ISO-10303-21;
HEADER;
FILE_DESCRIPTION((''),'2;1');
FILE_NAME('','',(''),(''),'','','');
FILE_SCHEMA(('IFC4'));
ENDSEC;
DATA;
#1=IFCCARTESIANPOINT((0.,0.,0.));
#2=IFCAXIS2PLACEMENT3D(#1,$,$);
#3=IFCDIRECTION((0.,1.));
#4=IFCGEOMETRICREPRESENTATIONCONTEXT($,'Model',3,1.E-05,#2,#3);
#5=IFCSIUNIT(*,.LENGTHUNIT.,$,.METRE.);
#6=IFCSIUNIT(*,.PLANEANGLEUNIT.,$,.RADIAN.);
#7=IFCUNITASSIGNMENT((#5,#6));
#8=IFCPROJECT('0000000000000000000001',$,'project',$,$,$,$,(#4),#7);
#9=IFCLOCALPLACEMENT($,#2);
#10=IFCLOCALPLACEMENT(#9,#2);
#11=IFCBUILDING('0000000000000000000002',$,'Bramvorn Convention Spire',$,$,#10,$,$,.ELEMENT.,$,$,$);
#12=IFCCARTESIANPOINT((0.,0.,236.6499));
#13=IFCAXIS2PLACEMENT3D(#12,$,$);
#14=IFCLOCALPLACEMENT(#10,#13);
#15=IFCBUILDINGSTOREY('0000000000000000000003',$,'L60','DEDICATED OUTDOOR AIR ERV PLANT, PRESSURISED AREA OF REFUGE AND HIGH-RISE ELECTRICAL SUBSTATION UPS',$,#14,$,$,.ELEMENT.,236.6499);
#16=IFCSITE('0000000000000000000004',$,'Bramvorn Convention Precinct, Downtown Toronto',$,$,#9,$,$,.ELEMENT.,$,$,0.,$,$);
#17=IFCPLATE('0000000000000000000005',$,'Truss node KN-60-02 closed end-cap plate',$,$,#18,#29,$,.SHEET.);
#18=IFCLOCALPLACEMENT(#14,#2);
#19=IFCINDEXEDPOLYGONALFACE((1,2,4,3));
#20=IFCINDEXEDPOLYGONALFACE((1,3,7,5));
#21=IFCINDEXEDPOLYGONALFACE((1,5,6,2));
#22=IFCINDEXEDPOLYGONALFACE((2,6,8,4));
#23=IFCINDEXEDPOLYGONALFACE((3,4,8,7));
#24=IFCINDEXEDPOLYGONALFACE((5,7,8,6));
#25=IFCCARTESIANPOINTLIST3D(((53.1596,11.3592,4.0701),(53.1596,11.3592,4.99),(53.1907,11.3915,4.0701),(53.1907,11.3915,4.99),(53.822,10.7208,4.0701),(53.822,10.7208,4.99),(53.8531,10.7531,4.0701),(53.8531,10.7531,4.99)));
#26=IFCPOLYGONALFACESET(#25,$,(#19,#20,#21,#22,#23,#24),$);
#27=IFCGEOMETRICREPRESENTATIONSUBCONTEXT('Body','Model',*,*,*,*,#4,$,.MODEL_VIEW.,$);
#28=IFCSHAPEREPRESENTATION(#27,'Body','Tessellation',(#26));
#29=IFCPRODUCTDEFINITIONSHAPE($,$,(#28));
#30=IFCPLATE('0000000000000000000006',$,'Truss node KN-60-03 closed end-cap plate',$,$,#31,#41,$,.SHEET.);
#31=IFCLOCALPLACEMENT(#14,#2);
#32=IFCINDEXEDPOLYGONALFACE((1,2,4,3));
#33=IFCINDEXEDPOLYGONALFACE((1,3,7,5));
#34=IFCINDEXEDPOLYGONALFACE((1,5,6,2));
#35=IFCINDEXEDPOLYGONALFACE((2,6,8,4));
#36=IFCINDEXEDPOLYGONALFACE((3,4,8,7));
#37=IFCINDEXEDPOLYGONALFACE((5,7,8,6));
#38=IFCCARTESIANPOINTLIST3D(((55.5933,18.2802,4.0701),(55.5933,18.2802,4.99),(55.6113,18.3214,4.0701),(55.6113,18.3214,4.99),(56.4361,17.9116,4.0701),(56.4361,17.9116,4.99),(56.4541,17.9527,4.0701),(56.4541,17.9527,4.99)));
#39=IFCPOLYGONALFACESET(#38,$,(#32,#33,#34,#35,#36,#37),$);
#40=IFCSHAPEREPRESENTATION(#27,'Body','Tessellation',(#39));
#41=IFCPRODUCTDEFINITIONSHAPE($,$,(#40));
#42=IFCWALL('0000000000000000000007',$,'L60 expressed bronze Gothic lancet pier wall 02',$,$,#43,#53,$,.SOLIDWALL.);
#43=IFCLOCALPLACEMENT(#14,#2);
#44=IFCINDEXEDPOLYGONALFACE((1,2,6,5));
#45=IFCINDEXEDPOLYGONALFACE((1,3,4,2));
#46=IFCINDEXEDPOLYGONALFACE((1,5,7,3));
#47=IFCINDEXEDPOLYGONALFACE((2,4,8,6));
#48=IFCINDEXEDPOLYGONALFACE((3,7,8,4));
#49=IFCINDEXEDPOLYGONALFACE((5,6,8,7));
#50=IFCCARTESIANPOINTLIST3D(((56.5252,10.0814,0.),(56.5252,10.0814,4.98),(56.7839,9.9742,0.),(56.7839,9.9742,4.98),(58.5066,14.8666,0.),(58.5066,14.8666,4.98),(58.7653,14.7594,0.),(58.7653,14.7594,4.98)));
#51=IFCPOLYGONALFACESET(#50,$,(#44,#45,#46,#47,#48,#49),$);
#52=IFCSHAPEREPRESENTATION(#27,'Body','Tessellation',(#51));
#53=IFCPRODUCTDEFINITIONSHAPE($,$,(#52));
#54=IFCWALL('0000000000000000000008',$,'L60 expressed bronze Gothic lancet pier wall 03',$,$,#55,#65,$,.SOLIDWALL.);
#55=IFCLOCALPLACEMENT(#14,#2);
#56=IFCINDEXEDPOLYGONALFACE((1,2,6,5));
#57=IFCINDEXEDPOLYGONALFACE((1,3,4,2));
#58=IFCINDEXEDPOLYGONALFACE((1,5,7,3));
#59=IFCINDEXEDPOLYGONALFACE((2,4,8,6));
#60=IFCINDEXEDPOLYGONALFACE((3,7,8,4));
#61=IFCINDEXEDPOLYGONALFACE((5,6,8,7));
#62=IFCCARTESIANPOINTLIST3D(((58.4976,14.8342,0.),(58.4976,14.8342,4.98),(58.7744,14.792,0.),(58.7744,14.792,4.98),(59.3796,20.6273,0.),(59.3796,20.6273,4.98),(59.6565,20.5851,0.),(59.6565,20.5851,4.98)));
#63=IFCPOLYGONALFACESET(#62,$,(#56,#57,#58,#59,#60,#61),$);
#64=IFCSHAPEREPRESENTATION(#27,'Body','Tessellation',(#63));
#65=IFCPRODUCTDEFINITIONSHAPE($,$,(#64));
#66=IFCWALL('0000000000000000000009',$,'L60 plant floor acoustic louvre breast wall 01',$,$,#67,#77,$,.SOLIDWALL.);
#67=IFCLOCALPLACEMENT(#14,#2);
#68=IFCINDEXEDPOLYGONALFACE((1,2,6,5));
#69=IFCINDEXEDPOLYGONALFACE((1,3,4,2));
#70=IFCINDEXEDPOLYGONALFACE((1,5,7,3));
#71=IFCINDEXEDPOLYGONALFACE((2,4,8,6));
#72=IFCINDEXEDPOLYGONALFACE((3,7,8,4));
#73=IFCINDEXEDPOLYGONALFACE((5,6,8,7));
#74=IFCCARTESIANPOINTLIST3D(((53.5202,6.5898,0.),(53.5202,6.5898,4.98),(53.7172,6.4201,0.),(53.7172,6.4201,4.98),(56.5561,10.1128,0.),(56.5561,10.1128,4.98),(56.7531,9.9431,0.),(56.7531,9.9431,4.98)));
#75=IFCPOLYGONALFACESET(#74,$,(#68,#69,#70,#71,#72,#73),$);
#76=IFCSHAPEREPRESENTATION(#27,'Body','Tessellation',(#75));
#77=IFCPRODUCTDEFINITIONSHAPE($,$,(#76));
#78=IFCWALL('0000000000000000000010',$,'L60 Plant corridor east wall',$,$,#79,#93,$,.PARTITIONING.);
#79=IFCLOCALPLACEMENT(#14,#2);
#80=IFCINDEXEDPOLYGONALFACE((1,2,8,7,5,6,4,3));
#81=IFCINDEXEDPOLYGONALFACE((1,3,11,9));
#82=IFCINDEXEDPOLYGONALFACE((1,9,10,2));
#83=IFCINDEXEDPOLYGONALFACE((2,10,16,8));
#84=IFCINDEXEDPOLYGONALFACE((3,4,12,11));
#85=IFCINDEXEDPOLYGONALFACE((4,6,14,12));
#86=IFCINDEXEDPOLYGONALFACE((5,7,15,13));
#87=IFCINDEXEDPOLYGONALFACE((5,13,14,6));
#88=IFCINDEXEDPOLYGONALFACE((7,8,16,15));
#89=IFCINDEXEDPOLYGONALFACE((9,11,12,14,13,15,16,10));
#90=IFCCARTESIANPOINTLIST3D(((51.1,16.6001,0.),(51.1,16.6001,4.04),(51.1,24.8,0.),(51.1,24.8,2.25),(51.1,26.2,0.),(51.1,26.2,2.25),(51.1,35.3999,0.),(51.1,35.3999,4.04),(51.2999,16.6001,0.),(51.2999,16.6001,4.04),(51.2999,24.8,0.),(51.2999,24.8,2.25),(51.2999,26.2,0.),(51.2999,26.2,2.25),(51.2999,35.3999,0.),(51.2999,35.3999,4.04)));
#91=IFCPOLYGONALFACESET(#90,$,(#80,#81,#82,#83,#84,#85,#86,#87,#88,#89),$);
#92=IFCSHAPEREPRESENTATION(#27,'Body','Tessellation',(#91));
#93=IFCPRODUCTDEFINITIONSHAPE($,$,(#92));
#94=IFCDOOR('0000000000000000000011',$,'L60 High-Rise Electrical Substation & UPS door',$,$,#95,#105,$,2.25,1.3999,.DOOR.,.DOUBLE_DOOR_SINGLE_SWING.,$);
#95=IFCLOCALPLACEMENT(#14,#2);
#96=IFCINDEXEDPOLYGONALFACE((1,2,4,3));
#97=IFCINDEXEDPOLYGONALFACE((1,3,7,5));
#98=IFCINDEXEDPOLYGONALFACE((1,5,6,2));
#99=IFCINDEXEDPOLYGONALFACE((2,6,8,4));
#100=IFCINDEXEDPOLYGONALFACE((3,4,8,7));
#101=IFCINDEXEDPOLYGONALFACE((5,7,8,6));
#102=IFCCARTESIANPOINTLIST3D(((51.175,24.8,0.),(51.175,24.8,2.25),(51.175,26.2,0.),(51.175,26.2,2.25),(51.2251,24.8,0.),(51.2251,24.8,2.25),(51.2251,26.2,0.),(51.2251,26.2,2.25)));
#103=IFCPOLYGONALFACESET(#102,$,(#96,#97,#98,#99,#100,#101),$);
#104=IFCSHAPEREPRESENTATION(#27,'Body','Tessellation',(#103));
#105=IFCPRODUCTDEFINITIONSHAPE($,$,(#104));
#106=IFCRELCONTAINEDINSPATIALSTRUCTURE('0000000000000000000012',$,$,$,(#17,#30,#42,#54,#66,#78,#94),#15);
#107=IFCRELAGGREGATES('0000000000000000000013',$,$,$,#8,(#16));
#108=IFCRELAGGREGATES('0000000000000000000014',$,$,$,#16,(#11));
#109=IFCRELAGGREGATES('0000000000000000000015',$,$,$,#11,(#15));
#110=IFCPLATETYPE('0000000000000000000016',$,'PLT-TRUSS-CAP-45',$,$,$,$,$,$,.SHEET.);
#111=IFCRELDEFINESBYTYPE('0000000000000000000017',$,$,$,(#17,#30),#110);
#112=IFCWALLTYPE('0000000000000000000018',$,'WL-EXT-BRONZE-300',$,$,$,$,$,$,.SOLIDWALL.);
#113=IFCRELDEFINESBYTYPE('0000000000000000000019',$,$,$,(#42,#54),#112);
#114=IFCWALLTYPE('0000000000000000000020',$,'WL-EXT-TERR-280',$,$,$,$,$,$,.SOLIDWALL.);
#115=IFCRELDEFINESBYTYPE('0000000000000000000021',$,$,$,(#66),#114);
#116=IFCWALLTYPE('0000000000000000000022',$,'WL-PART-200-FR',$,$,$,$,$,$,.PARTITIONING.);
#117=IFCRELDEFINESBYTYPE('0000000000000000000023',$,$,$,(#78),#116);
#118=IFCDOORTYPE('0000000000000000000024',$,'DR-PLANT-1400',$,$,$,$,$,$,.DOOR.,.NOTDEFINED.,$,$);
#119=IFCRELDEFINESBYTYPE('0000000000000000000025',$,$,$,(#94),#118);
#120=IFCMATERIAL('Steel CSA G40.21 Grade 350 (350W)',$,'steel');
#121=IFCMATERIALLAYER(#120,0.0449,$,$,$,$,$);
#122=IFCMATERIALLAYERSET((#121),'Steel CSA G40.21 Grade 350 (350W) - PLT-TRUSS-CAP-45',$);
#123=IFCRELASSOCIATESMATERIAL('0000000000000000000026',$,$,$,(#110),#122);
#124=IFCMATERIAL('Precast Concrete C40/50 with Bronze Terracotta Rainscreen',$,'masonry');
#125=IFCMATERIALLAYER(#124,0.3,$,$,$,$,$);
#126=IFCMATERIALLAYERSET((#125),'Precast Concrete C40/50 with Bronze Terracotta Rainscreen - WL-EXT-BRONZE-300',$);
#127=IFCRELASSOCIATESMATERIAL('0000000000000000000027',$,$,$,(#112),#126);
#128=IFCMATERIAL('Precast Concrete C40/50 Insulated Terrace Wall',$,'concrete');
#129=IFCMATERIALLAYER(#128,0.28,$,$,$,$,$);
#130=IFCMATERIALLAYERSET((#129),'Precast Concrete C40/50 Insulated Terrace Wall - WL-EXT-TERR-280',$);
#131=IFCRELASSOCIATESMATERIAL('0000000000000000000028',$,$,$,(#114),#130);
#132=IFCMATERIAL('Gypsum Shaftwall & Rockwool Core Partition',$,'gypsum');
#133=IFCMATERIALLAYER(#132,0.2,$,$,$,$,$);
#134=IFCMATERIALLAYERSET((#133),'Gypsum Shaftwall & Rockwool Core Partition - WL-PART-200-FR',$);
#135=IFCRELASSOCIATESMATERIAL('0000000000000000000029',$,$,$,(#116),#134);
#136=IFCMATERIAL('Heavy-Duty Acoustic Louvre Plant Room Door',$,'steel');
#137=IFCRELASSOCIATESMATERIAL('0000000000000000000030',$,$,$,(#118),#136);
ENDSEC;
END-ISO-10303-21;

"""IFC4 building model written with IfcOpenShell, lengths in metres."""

from ifc_helpers import new_model, si_unit, direction, frame, frame_2d, origin, origin_2d, place, context, subcontext, project, spatial, rectangle, extrude, material, layer, layer_set, type_object, element, fill, save


model = new_model("IFC4")

# Units and contexts
model_context = context("Model", 3, precision=1e-05, world=origin(), true_north=direction((0.0, 1.0)))
body_context = subcontext(model_context, "Body", "Model", "MODEL_VIEW")
ifc_project = project(units=[si_unit("LENGTHUNIT", "METRE"), si_unit("PLANEANGLEUNIT", "RADIAN")], contexts=[model_context])

# Site, building, storey
site_placement = place(None, origin())
site = spatial("IfcSite", under=ifc_project, at=site_placement, Name="Bramvorn Convention Precinct, Downtown Toronto", CompositionType="ELEMENT", RefElevation=0.0)
building_placement = place(site_placement, origin())
building = spatial("IfcBuilding", under=site, at=building_placement, Name="Bramvorn Convention Spire", CompositionType="ELEMENT")
storey_placement = place(building_placement, frame((0.0, 0.0, 236.6499)))
storey = spatial("IfcBuildingStorey", under=building, at=storey_placement, Name="L60", Description="DEDICATED OUTDOOR AIR ERV PLANT, PRESSURISED AREA OF REFUGE AND HIGH-RISE ELECTRICAL SUBSTATION UPS", CompositionType="ELEMENT", Elevation=236.6499)

# Shared definitions
ifc_material_1 = material(Name="Steel CSA G40.21 Grade 350 (350W)", Category="steel")

# Plates
ifc_layer_1 = layer(ifc_material_1, 0.0449)
ifc_layer_set_1 = layer_set([ifc_layer_1], Name="Steel CSA G40.21 Grade 350 (350W) - PLT-TRUSS-CAP-45")
plate_type_1 = type_object("IfcPlateType", Name="PLT-TRUSS-CAP-45", PredefinedType="SHEET", material=ifc_layer_set_1)
for number, where, z_axis, x_axis, name in (
    (1, (53.5063, 11.0562, 4.0701), (0.0, 0.0, 1.0), (0.720048, -0.693924, 0.0), "Truss node KN-60-02 closed end-cap plate"),
    (2, (56.0237, 18.1165, 4.0701), (0.0, 0.0, 1.0), (0.916192, -0.400739, 0.0), "Truss node KN-60-03 closed end-cap plate"),
):
    element("IfcPlate", number, at=place(storey_placement, frame(where, z_axis=z_axis, x_axis=x_axis)), inside=storey, type_object=plate_type_1, Name=name, PredefinedType="SHEET", context=body_context, shape_type="SweptSolid", body=[
        extrude(rectangle(XDim=0.9199, YDim=0.0449, at=origin_2d()), origin(), (0.0, 0.0, 1.0), 0.9199),
    ])

# Walls
ifc_material_2 = material(Name="Precast Concrete C40/50 with Bronze Terracotta Rainscreen", Category="masonry")
ifc_layer_2 = layer(ifc_material_2, 0.3)
ifc_layer_set_2 = layer_set([ifc_layer_2], Name="Precast Concrete C40/50 with Bronze Terracotta Rainscreen - WL-EXT-BRONZE-300")
wall_type_1 = type_object("IfcWallType", Name="WL-EXT-BRONZE-300", PredefinedType="SOLIDWALL", material=ifc_layer_set_2)
wall_1_placement = place(storey_placement, frame((58.636, 14.813, 0.0), z_axis=(0.0, 0.0, 1.0), x_axis=(-0.382579, -0.923923, 0.0)))
element("IfcWall", 3, at=wall_1_placement, inside=storey, type_object=wall_type_1, Name="L60 expressed bronze Gothic lancet pier wall 02", PredefinedType="SOLIDWALL", context=body_context, shape_type="SweptSolid", body=[
    extrude(rectangle(XDim=5.1792, YDim=0.28, at=frame_2d((2.5896, 0.0))), origin(), (0.0, 0.0, 1.0), 4.98),
])
wall_2_placement = place(storey_placement, frame((59.5181, 20.6062, 0.0), z_axis=(0.0, 0.0, 1.0), x_axis=(-0.150526, -0.988606, 0.0)))
element("IfcWall", 4, at=wall_2_placement, inside=storey, type_object=wall_type_1, Name="L60 expressed bronze Gothic lancet pier wall 03", PredefinedType="SOLIDWALL", context=body_context, shape_type="SweptSolid", body=[
    extrude(rectangle(XDim=5.8599, YDim=0.28, at=frame_2d((2.9299, 0.0))), origin(), (0.0, 0.0, 1.0), 4.98),
])
ifc_material_3 = material(Name="Precast Concrete C40/50 Insulated Terrace Wall", Category="concrete")
ifc_layer_3 = layer(ifc_material_3, 0.28)
ifc_layer_set_3 = layer_set([ifc_layer_3], Name="Precast Concrete C40/50 Insulated Terrace Wall - WL-EXT-TERR-280")
wall_type_2 = type_object("IfcWallType", Name="WL-EXT-TERR-280", PredefinedType="SOLIDWALL", material=ifc_layer_set_3)
wall_3_placement = place(storey_placement, frame((56.6545, 10.0278, 0.0), z_axis=(0.0, 0.0, 1.0), x_axis=(-0.652799, -0.757531, 0.0)))
element("IfcWall", 5, at=wall_3_placement, inside=storey, type_object=wall_type_2, Name="L60 plant floor acoustic louvre breast wall 01", PredefinedType="SOLIDWALL", context=body_context, shape_type="SweptSolid", body=[
    extrude(rectangle(XDim=4.6506, YDim=0.26, at=frame_2d((2.3252, 0.0))), origin(), (0.0, 0.0, 1.0), 4.98),
])

# Wall, opening, door
ifc_material_4 = material(Name="Gypsum Shaftwall & Rockwool Core Partition", Category="gypsum")
ifc_layer_4 = layer(ifc_material_4, 0.2)
ifc_layer_set_4 = layer_set([ifc_layer_4], Name="Gypsum Shaftwall & Rockwool Core Partition - WL-PART-200-FR")
wall_type_3 = type_object("IfcWallType", Name="WL-PART-200-FR", PredefinedType="PARTITIONING", material=ifc_layer_set_4)
wall_4_placement = place(storey_placement, frame((51.2, 16.6001, 0.0), z_axis=(0.0, 0.0, 1.0), x_axis=(0.0, 1.0, 0.0)))
wall_4 = element("IfcWall", 6, at=wall_4_placement, inside=storey, type_object=wall_type_3, Name="L60 Plant corridor east wall", PredefinedType="PARTITIONING", context=body_context, shape_type="SweptSolid", body=[
    extrude(rectangle(XDim=18.7998, YDim=0.2, at=frame_2d((9.3999, 0.0))), origin(), (0.0, 0.0, 1.0), 4.04),
])
opening_placement = place(wall_4_placement, frame((8.2, 0.0, 0.0)))
opening = element("IfcOpeningElement", 7, at=opening_placement, cuts=wall_4, PredefinedType="OPENING", context=body_context, shape_type="SweptSolid", body=[
    extrude(rectangle(XDim=1.3999, YDim=2.25, at=frame_2d((0.7, 1.125))), frame((0.0, 0.1099, 0.0), z_axis=(0.0, -1.0, 0.0), x_axis=(1.0, 0.0, 0.0)), (0.0, 0.0, 1.0), 0.22),
])
ifc_material_5 = material(Name="Heavy-Duty Acoustic Louvre Plant Room Door", Category="steel")
door_type = type_object("IfcDoorType", Name="DR-PLANT-1400", OperationType="NOTDEFINED", PredefinedType="DOOR", material=ifc_material_5)
door_placement = place(opening_placement, origin())
door = element("IfcDoor", 8, at=door_placement, inside=storey, type_object=door_type, Name="L60 High-Rise Electrical Substation & UPS door", OperationType="DOUBLE_DOOR_SINGLE_SWING", OverallHeight=2.25, OverallWidth=1.3999, PredefinedType="DOOR", context=body_context, shape_type="SweptSolid", body=[
    extrude(rectangle(XDim=1.3999, YDim=2.25, at=frame_2d((0.7, 1.125))), frame((0.0, 0.0249, 0.0), z_axis=(0.0, -1.0, 0.0), x_axis=(1.0, 0.0, 0.0)), (0.0, 0.0, 1.0), 0.05),
])
fill(opening, door)

save(model, "model.ifc")
